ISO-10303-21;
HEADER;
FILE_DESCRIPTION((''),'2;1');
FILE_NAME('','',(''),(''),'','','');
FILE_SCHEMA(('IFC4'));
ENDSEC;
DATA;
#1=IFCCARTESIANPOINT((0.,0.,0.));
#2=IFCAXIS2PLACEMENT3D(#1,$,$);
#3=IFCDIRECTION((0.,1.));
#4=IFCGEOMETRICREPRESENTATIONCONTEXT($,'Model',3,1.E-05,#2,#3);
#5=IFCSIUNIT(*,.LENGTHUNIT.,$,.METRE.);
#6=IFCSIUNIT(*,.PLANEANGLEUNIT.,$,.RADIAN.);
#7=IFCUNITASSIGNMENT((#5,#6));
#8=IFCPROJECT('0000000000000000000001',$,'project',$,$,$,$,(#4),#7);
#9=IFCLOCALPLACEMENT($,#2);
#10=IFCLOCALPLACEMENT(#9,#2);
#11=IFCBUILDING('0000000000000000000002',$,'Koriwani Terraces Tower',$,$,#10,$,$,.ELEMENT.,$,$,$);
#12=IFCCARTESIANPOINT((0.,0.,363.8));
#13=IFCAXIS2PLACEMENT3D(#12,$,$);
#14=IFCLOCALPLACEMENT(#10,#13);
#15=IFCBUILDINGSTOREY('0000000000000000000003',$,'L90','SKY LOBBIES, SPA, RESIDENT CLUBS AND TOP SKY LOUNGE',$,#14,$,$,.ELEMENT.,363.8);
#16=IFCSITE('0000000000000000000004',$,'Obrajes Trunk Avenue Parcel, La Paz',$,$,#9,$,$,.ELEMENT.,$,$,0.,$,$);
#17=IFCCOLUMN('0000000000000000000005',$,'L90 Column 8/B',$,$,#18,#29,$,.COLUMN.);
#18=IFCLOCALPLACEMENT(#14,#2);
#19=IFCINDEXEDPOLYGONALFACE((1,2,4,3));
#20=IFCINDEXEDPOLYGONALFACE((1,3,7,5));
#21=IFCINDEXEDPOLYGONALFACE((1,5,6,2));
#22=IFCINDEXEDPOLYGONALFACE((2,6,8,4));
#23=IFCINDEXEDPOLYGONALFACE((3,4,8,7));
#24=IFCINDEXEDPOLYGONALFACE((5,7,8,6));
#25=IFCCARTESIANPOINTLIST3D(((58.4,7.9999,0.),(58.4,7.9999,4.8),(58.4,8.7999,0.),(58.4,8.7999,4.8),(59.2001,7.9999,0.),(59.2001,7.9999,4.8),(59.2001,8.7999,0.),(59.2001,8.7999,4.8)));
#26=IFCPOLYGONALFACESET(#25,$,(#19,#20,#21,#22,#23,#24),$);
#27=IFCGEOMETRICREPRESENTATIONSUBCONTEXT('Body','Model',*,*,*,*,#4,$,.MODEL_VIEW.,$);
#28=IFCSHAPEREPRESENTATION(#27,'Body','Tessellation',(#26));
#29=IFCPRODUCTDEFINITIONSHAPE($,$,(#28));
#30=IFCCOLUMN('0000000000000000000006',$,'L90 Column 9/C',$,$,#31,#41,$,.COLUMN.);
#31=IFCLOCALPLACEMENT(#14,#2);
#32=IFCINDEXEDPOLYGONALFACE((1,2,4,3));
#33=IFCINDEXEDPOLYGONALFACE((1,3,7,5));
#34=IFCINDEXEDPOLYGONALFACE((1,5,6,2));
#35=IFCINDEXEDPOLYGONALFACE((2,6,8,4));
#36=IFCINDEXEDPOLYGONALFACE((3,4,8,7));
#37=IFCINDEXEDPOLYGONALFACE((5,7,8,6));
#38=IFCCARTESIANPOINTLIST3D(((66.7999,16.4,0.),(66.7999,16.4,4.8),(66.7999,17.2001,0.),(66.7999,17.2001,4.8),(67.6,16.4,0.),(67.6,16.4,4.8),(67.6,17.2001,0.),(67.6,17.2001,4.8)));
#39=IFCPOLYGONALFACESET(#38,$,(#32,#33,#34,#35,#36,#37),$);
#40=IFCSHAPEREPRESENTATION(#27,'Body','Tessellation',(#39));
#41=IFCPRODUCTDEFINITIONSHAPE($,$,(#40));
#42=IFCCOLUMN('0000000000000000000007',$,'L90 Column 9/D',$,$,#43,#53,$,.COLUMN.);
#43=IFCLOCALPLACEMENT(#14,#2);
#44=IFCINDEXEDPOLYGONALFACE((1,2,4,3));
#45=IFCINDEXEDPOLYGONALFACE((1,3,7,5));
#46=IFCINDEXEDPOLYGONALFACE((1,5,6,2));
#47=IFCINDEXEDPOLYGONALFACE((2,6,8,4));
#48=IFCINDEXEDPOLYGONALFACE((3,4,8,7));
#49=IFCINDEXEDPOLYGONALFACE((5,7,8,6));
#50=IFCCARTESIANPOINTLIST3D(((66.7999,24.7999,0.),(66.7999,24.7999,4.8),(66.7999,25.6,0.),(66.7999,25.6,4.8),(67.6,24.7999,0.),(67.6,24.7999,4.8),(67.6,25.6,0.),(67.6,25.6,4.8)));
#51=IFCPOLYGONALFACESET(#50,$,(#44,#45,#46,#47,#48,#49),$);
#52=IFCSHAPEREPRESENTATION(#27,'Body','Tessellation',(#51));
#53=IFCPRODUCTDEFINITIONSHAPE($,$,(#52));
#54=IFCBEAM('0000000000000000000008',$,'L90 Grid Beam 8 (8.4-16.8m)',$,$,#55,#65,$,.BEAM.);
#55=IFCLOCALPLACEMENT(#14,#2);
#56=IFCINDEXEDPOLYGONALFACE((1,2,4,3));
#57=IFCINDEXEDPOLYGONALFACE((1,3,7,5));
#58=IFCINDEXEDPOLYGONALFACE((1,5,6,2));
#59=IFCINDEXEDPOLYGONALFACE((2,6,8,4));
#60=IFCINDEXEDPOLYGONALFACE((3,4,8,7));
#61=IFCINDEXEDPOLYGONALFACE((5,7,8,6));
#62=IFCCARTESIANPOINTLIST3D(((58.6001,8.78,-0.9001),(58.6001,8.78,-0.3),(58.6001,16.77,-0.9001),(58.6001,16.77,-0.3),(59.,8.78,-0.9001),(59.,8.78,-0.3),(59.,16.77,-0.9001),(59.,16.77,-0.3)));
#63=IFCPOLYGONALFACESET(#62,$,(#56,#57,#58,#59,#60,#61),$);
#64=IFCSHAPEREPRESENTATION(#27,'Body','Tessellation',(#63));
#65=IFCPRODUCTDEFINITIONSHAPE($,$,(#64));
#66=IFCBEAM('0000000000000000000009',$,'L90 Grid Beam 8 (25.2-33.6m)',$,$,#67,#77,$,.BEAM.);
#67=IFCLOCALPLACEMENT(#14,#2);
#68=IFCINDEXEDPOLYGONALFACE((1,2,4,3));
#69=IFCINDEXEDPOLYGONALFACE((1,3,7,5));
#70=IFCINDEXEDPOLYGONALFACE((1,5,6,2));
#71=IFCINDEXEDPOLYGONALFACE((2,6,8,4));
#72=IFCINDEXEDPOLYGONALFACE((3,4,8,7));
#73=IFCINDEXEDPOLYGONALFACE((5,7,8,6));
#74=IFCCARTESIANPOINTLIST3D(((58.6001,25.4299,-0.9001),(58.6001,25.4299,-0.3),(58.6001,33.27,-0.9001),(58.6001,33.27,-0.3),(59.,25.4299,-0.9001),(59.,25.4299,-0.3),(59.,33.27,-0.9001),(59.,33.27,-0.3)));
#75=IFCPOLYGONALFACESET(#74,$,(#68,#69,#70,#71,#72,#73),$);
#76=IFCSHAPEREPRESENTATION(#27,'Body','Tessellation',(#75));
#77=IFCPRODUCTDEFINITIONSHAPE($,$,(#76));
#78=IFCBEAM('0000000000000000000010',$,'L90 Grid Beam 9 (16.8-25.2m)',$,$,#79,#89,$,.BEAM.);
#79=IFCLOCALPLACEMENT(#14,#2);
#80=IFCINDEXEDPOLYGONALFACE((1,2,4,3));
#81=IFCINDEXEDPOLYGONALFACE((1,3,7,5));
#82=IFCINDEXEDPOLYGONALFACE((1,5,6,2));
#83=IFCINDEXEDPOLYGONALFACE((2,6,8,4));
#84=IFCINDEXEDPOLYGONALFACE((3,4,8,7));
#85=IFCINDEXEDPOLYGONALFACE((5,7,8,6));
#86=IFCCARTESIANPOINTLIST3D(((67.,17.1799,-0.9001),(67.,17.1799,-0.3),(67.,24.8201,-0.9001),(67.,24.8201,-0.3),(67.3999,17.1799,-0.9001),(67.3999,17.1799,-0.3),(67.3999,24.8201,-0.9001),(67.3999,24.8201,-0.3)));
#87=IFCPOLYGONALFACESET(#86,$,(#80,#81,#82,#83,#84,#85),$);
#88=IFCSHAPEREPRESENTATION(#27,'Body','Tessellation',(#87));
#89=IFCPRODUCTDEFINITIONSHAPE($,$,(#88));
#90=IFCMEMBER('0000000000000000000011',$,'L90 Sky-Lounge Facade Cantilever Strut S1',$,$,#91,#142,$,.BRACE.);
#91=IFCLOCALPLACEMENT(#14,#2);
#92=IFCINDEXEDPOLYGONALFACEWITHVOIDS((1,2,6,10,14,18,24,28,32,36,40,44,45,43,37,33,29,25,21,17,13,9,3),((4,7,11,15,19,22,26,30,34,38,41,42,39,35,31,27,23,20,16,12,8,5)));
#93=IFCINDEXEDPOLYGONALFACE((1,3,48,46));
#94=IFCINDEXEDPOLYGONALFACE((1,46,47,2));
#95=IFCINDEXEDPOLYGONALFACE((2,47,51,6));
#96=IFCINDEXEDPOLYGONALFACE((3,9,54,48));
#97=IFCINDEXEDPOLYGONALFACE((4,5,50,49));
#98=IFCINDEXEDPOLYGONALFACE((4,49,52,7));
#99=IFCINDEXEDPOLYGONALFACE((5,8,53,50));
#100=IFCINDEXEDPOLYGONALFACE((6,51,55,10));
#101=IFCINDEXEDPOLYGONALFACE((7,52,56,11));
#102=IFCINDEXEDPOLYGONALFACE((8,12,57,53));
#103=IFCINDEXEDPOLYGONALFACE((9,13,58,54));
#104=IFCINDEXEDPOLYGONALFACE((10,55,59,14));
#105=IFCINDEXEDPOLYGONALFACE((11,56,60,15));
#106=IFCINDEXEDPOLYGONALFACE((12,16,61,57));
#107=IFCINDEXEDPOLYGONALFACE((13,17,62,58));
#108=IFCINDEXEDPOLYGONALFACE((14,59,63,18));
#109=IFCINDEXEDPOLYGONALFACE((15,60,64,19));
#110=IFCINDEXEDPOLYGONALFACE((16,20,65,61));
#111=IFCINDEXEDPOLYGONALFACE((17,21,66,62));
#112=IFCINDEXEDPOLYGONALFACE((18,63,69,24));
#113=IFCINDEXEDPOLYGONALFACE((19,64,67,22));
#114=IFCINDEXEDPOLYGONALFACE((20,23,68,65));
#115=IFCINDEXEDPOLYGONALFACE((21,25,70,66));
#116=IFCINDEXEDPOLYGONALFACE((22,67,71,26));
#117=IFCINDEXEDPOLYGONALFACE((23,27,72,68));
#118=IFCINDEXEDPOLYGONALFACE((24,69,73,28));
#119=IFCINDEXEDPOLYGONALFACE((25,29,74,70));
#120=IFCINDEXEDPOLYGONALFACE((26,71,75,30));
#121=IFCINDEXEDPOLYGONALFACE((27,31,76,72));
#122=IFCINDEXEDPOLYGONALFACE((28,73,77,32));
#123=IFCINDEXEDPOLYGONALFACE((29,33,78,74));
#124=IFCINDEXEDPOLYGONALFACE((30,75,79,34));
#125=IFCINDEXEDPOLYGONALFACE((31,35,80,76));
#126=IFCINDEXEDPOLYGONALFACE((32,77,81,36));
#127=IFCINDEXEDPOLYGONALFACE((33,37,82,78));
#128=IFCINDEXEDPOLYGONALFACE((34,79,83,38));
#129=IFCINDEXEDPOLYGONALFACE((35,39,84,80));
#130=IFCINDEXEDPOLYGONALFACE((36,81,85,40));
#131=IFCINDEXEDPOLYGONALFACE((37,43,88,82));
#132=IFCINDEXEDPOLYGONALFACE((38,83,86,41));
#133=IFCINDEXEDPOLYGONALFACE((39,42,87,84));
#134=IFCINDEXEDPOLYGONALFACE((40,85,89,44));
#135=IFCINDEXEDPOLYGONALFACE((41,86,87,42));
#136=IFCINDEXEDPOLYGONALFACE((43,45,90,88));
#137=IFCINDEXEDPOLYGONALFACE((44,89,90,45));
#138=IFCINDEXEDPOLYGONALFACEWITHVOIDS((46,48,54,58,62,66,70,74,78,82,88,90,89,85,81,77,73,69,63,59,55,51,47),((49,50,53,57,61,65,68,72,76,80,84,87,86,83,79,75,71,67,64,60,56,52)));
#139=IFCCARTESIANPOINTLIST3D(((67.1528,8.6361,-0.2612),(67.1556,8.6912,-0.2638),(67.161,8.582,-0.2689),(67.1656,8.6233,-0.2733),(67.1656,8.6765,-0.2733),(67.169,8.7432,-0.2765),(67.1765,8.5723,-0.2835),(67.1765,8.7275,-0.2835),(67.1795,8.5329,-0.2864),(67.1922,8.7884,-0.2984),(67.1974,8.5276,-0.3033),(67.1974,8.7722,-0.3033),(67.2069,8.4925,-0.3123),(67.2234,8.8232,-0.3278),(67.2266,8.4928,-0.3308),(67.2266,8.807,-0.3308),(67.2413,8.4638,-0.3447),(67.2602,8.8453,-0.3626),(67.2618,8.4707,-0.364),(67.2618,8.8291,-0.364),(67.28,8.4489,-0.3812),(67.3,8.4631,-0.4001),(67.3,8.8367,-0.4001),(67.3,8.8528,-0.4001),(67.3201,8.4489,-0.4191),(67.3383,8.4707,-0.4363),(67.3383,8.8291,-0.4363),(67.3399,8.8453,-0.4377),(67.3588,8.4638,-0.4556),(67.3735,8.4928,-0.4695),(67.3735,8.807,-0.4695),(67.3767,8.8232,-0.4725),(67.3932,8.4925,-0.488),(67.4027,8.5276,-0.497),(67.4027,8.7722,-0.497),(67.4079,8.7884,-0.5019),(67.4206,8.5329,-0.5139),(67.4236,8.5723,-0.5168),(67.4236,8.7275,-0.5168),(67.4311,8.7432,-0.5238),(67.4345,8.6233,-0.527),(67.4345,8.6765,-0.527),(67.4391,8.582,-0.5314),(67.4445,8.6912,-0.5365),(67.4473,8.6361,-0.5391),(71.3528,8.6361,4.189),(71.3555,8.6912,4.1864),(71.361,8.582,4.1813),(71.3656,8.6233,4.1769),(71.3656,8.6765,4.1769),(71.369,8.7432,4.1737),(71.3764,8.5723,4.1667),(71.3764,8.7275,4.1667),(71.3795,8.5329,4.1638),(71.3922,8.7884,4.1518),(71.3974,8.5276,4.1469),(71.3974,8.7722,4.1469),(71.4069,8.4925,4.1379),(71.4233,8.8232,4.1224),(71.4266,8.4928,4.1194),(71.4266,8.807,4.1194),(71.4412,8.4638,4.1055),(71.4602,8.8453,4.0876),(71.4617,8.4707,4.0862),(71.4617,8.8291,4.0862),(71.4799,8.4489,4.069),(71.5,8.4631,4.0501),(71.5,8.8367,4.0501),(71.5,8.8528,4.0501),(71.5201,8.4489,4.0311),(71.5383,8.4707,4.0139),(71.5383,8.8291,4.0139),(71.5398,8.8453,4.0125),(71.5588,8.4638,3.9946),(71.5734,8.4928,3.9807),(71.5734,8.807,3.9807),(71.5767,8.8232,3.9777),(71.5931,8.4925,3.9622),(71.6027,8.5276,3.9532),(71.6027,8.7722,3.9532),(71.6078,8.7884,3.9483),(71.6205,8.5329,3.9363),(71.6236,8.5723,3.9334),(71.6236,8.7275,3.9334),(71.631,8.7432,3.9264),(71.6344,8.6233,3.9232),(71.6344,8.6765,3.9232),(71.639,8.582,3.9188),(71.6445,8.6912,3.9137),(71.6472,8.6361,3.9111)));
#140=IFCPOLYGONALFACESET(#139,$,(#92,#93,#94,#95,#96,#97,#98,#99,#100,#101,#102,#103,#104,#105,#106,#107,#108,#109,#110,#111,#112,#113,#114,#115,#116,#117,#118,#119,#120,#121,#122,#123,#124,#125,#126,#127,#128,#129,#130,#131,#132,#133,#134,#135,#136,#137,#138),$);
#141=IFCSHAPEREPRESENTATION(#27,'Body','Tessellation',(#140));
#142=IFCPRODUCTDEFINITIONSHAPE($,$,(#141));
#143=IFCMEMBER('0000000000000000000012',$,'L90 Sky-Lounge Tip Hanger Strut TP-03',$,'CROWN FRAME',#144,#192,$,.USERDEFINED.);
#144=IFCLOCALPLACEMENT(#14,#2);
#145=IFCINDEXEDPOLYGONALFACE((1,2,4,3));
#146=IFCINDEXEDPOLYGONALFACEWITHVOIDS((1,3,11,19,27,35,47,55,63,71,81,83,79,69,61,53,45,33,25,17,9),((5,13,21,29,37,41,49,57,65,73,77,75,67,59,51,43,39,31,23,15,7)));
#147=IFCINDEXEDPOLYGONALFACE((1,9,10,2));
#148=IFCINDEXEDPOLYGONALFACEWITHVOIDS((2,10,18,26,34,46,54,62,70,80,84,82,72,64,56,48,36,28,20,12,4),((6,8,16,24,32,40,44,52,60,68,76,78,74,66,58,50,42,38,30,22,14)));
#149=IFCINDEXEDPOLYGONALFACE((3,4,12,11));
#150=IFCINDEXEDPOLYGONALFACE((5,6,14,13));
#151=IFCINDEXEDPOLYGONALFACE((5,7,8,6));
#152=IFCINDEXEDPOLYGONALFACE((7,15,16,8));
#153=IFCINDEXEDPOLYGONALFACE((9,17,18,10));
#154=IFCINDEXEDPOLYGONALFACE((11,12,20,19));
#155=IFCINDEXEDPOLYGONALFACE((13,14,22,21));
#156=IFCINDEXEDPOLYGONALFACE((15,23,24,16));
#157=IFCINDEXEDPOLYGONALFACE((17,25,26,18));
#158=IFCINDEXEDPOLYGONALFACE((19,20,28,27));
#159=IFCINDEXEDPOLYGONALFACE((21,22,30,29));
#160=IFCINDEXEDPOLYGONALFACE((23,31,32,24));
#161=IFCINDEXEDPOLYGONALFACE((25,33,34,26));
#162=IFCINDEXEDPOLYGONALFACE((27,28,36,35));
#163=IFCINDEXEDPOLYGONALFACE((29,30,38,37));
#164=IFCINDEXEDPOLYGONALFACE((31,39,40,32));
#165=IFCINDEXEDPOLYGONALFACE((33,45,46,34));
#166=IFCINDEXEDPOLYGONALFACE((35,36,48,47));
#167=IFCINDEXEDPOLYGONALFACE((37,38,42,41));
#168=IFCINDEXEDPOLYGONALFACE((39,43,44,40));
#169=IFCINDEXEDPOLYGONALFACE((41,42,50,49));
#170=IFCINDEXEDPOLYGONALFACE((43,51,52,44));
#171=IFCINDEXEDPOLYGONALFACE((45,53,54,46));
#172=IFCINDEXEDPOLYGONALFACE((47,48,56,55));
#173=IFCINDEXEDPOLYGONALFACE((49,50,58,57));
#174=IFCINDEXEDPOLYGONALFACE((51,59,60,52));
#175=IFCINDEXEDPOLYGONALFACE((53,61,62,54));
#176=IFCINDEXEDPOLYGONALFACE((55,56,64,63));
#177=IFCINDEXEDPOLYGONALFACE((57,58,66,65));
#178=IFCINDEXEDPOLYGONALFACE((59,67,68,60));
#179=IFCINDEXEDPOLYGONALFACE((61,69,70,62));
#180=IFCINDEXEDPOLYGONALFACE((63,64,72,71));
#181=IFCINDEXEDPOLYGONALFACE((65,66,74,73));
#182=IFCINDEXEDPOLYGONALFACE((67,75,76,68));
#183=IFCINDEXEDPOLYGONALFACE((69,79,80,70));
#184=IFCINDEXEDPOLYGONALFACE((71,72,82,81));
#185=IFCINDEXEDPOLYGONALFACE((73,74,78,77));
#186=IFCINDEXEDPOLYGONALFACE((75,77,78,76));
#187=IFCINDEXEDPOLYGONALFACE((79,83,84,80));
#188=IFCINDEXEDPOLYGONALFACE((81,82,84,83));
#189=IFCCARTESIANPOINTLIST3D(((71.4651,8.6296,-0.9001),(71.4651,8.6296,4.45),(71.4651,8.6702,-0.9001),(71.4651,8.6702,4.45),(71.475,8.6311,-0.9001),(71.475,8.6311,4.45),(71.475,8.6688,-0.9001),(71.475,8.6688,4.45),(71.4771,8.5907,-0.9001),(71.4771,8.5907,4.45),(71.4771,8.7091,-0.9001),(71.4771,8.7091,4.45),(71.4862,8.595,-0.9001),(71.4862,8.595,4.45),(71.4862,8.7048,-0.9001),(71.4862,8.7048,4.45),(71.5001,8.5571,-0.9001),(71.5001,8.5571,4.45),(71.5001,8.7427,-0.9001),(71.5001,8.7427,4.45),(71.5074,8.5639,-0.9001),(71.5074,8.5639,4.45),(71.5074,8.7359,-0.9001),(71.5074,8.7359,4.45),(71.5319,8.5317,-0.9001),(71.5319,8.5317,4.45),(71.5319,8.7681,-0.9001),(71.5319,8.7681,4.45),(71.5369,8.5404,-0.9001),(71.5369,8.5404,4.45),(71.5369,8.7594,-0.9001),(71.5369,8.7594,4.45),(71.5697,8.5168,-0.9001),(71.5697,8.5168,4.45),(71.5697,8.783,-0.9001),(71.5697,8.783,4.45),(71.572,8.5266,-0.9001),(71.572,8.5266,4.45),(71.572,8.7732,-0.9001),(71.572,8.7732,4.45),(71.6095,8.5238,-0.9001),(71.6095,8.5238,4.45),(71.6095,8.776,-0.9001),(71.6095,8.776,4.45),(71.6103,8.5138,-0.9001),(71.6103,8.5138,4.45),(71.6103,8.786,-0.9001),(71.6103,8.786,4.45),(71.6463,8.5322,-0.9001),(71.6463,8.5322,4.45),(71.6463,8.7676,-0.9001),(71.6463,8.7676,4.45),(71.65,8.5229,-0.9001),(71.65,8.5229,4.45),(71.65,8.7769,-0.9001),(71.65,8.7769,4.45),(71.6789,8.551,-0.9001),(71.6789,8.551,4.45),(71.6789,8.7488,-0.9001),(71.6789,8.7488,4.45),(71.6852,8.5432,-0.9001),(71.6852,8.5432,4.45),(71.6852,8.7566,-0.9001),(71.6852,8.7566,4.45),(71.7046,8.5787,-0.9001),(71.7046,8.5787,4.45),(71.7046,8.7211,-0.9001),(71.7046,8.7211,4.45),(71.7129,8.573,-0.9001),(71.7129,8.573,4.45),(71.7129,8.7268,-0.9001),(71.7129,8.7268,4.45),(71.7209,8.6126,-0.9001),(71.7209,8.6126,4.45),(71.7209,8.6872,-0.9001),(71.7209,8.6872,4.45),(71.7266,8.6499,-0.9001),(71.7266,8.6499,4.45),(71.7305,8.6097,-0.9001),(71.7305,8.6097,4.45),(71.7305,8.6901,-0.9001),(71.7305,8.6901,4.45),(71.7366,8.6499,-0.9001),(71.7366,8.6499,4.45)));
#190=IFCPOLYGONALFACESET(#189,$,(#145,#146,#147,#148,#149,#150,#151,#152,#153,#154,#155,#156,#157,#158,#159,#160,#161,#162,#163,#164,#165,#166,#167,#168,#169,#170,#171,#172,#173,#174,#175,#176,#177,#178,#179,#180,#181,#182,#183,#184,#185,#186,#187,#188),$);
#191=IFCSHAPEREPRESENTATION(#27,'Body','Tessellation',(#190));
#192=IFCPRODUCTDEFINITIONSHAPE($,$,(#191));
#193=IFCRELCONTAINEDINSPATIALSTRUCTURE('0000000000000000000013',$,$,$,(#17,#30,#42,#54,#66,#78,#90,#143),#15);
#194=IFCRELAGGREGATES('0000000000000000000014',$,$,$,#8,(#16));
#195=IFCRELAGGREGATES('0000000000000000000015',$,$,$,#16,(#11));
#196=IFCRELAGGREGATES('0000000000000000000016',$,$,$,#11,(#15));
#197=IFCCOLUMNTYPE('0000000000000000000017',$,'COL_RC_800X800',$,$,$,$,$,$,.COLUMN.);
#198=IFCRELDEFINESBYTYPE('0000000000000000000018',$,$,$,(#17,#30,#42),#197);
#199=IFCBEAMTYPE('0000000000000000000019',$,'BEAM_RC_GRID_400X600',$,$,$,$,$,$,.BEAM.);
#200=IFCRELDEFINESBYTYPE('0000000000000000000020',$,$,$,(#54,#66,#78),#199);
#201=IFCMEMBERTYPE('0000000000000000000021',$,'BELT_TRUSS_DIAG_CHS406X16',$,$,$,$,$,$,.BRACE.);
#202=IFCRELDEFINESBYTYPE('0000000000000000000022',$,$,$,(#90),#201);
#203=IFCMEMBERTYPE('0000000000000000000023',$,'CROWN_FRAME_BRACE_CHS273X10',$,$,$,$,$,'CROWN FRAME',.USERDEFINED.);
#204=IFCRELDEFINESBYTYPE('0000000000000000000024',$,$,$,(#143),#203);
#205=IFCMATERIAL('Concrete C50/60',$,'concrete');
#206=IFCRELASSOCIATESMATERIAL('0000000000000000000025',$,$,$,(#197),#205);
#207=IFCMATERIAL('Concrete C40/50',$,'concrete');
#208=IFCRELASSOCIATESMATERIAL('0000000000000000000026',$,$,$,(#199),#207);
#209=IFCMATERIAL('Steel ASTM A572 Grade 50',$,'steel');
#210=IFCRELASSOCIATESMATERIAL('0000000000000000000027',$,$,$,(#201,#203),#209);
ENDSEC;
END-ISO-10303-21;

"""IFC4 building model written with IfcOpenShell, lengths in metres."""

from ifc_helpers import new_model, si_unit, direction, frame, origin, origin_2d, place, context, subcontext, project, spatial, rectangle, hollow_circle, extrude, material, material_profile, profile_set, type_object, element, save


model = new_model("IFC4")

# Units and contexts
model_context = context("Model", 3, precision=1e-05, world=origin(), true_north=direction((0.0, 1.0)))
body_context = subcontext(model_context, "Body", "Model", "MODEL_VIEW")
ifc_project = project(units=[si_unit("LENGTHUNIT", "METRE"), si_unit("PLANEANGLEUNIT", "RADIAN")], contexts=[model_context])

# Site, building, storey
site_placement = place(None, origin())
site = spatial("IfcSite", under=ifc_project, at=site_placement, Name="Obrajes Trunk Avenue Parcel, La Paz", CompositionType="ELEMENT", RefElevation=0.0)
building_placement = place(site_placement, origin())
building = spatial("IfcBuilding", under=site, at=building_placement, Name="Koriwani Terraces Tower", CompositionType="ELEMENT")
storey_placement = place(building_placement, frame((0.0, 0.0, 363.8)))
storey = spatial("IfcBuildingStorey", under=building, at=storey_placement, Name="L90", Description="SKY LOBBIES, SPA, RESIDENT CLUBS AND TOP SKY LOUNGE", CompositionType="ELEMENT", Elevation=363.8)

# Columns
ifc_material_1 = material(Name="Concrete C50/60", Category="concrete")
ifc_material_profile_1 = material_profile(ifc_material_1, rectangle(XDim=0.8, YDim=0.8, at=origin_2d()), Name="Concrete C50/60", Category="LoadBearing")
ifc_profile_set_1 = profile_set([ifc_material_profile_1], Name="Concrete C50/60")
column_type = type_object("IfcColumnType", Name="COL_RC_800X800", PredefinedType="COLUMN", material=ifc_profile_set_1)
for number, where, z_axis, x_axis, name in (
    (1, (58.8, 8.3999, 0.0), (0.0, 0.0, 1.0), (1.0, 0.0, 0.0), "L90 Column 8/B"),
    (2, (67.2, 16.8, 0.0), (0.0, 0.0, 1.0), (1.0, 0.0, 0.0), "L90 Column 9/C"),
    (3, (67.2, 25.2, 0.0), (0.0, 0.0, 1.0), (1.0, 0.0, 0.0), "L90 Column 9/D"),
):
    element("IfcColumn", number, at=place(storey_placement, frame(where, z_axis=z_axis, x_axis=x_axis)), inside=storey, type_object=column_type, Name=name, PredefinedType="COLUMN", context=body_context, shape_type="SweptSolid", body=[
        extrude(rectangle(XDim=0.8, YDim=0.8, at=origin_2d()), origin(), (0.0, 0.0, 1.0), 4.8),
    ])

# Beams
ifc_material_2 = material(Name="Concrete C40/50", Category="concrete")
ifc_material_profile_2 = material_profile(ifc_material_2, rectangle(XDim=0.3999, YDim=0.6001, at=origin_2d()), Name="Concrete C40/50", Category="LoadBearing")
ifc_profile_set_2 = profile_set([ifc_material_profile_2], Name="Concrete C40/50")
beam_type_1 = type_object("IfcBeamType", Name="BEAM_RC_GRID_400X600", PredefinedType="BEAM", material=ifc_profile_set_2)
beam_1_placement = place(storey_placement, frame((58.8, 8.78, -0.6001), z_axis=(0.0, 1.0, 0.0), x_axis=(-1.0, 0.0, 0.0)))
element("IfcBeam", 4, at=beam_1_placement, inside=storey, type_object=beam_type_1, Name="L90 Grid Beam 8 (8.4-16.8m)", PredefinedType="BEAM", context=body_context, shape_type="SweptSolid", body=[
    extrude(rectangle(XDim=0.3999, YDim=0.6001, at=origin_2d()), origin(), (0.0, 0.0, 1.0), 7.99),
])
beam_2_placement = place(storey_placement, frame((58.8, 25.4299, -0.6001), z_axis=(0.0, 1.0, 0.0), x_axis=(-1.0, 0.0, 0.0)))
element("IfcBeam", 5, at=beam_2_placement, inside=storey, type_object=beam_type_1, Name="L90 Grid Beam 8 (25.2-33.6m)", PredefinedType="BEAM", context=body_context, shape_type="SweptSolid", body=[
    extrude(rectangle(XDim=0.3999, YDim=0.6001, at=origin_2d()), origin(), (0.0, 0.0, 1.0), 7.8401),
])
beam_3_placement = place(storey_placement, frame((67.2, 17.1799, -0.6001), z_axis=(0.0, 1.0, 0.0), x_axis=(-1.0, 0.0, 0.0)))
element("IfcBeam", 6, at=beam_3_placement, inside=storey, type_object=beam_type_1, Name="L90 Grid Beam 9 (16.8-25.2m)", PredefinedType="BEAM", context=body_context, shape_type="SweptSolid", body=[
    extrude(rectangle(XDim=0.3999, YDim=0.6001, at=origin_2d()), origin(), (0.0, 0.0, 1.0), 7.6401),
])

# Members
ifc_material_3 = material(Name="Steel ASTM A572 Grade 50", Category="steel")
ifc_material_profile_3 = material_profile(ifc_material_3, hollow_circle(Radius=0.2029, WallThickness=0.0161, at=origin_2d()), Name="Steel ASTM A572 Grade 50", Category="LoadBearing")
ifc_profile_set_3 = profile_set([ifc_material_profile_3], Name="Steel ASTM A572 Grade 50")
member_type_1 = type_object("IfcMemberType", Name="BELT_TRUSS_DIAG_CHS406X16", PredefinedType="BRACE", material=ifc_profile_set_3)
member_1_placement = place(storey_placement, frame((67.3, 8.6499, -0.4001), z_axis=(0.686363, 0.0, 0.727259), x_axis=(0.0, 1.0, 0.0)))
element("IfcMember", 7, at=member_1_placement, inside=storey, type_object=member_type_1, Name="L90 Sky-Lounge Facade Cantilever Strut S1", PredefinedType="BRACE", context=body_context, shape_type="SweptSolid", body=[
    extrude(hollow_circle(Radius=0.2029, WallThickness=0.0161, at=origin_2d()), origin(), (0.0, 0.0, 1.0), 6.1191),
])
ifc_material_profile_4 = material_profile(ifc_material_3, hollow_circle(Radius=0.1365, WallThickness=0.01, at=origin_2d()), Name="Steel ASTM A572 Grade 50", Category="LoadBearing")
ifc_profile_set_4 = profile_set([ifc_material_profile_4], Name="Steel ASTM A572 Grade 50")
member_type_2 = type_object("IfcMemberType", Name="CROWN_FRAME_BRACE_CHS273X10", ElementType="CROWN FRAME", PredefinedType="USERDEFINED", material=ifc_profile_set_4)
member_2_placement = place(storey_placement, frame((71.6001, 8.6499, -0.9001), z_axis=(0.0, 0.0, 1.0), x_axis=(1.0, 0.0, 0.0)))
element("IfcMember", 8, at=member_2_placement, inside=storey, type_object=member_type_2, Name="L90 Sky-Lounge Tip Hanger Strut TP-03", ObjectType="CROWN FRAME", PredefinedType="USERDEFINED", context=body_context, shape_type="SweptSolid", body=[
    extrude(hollow_circle(Radius=0.1365, WallThickness=0.01, at=origin_2d()), origin(), (0.0, 0.0, 1.0), 5.3501),
])

save(model, "model.ifc")
